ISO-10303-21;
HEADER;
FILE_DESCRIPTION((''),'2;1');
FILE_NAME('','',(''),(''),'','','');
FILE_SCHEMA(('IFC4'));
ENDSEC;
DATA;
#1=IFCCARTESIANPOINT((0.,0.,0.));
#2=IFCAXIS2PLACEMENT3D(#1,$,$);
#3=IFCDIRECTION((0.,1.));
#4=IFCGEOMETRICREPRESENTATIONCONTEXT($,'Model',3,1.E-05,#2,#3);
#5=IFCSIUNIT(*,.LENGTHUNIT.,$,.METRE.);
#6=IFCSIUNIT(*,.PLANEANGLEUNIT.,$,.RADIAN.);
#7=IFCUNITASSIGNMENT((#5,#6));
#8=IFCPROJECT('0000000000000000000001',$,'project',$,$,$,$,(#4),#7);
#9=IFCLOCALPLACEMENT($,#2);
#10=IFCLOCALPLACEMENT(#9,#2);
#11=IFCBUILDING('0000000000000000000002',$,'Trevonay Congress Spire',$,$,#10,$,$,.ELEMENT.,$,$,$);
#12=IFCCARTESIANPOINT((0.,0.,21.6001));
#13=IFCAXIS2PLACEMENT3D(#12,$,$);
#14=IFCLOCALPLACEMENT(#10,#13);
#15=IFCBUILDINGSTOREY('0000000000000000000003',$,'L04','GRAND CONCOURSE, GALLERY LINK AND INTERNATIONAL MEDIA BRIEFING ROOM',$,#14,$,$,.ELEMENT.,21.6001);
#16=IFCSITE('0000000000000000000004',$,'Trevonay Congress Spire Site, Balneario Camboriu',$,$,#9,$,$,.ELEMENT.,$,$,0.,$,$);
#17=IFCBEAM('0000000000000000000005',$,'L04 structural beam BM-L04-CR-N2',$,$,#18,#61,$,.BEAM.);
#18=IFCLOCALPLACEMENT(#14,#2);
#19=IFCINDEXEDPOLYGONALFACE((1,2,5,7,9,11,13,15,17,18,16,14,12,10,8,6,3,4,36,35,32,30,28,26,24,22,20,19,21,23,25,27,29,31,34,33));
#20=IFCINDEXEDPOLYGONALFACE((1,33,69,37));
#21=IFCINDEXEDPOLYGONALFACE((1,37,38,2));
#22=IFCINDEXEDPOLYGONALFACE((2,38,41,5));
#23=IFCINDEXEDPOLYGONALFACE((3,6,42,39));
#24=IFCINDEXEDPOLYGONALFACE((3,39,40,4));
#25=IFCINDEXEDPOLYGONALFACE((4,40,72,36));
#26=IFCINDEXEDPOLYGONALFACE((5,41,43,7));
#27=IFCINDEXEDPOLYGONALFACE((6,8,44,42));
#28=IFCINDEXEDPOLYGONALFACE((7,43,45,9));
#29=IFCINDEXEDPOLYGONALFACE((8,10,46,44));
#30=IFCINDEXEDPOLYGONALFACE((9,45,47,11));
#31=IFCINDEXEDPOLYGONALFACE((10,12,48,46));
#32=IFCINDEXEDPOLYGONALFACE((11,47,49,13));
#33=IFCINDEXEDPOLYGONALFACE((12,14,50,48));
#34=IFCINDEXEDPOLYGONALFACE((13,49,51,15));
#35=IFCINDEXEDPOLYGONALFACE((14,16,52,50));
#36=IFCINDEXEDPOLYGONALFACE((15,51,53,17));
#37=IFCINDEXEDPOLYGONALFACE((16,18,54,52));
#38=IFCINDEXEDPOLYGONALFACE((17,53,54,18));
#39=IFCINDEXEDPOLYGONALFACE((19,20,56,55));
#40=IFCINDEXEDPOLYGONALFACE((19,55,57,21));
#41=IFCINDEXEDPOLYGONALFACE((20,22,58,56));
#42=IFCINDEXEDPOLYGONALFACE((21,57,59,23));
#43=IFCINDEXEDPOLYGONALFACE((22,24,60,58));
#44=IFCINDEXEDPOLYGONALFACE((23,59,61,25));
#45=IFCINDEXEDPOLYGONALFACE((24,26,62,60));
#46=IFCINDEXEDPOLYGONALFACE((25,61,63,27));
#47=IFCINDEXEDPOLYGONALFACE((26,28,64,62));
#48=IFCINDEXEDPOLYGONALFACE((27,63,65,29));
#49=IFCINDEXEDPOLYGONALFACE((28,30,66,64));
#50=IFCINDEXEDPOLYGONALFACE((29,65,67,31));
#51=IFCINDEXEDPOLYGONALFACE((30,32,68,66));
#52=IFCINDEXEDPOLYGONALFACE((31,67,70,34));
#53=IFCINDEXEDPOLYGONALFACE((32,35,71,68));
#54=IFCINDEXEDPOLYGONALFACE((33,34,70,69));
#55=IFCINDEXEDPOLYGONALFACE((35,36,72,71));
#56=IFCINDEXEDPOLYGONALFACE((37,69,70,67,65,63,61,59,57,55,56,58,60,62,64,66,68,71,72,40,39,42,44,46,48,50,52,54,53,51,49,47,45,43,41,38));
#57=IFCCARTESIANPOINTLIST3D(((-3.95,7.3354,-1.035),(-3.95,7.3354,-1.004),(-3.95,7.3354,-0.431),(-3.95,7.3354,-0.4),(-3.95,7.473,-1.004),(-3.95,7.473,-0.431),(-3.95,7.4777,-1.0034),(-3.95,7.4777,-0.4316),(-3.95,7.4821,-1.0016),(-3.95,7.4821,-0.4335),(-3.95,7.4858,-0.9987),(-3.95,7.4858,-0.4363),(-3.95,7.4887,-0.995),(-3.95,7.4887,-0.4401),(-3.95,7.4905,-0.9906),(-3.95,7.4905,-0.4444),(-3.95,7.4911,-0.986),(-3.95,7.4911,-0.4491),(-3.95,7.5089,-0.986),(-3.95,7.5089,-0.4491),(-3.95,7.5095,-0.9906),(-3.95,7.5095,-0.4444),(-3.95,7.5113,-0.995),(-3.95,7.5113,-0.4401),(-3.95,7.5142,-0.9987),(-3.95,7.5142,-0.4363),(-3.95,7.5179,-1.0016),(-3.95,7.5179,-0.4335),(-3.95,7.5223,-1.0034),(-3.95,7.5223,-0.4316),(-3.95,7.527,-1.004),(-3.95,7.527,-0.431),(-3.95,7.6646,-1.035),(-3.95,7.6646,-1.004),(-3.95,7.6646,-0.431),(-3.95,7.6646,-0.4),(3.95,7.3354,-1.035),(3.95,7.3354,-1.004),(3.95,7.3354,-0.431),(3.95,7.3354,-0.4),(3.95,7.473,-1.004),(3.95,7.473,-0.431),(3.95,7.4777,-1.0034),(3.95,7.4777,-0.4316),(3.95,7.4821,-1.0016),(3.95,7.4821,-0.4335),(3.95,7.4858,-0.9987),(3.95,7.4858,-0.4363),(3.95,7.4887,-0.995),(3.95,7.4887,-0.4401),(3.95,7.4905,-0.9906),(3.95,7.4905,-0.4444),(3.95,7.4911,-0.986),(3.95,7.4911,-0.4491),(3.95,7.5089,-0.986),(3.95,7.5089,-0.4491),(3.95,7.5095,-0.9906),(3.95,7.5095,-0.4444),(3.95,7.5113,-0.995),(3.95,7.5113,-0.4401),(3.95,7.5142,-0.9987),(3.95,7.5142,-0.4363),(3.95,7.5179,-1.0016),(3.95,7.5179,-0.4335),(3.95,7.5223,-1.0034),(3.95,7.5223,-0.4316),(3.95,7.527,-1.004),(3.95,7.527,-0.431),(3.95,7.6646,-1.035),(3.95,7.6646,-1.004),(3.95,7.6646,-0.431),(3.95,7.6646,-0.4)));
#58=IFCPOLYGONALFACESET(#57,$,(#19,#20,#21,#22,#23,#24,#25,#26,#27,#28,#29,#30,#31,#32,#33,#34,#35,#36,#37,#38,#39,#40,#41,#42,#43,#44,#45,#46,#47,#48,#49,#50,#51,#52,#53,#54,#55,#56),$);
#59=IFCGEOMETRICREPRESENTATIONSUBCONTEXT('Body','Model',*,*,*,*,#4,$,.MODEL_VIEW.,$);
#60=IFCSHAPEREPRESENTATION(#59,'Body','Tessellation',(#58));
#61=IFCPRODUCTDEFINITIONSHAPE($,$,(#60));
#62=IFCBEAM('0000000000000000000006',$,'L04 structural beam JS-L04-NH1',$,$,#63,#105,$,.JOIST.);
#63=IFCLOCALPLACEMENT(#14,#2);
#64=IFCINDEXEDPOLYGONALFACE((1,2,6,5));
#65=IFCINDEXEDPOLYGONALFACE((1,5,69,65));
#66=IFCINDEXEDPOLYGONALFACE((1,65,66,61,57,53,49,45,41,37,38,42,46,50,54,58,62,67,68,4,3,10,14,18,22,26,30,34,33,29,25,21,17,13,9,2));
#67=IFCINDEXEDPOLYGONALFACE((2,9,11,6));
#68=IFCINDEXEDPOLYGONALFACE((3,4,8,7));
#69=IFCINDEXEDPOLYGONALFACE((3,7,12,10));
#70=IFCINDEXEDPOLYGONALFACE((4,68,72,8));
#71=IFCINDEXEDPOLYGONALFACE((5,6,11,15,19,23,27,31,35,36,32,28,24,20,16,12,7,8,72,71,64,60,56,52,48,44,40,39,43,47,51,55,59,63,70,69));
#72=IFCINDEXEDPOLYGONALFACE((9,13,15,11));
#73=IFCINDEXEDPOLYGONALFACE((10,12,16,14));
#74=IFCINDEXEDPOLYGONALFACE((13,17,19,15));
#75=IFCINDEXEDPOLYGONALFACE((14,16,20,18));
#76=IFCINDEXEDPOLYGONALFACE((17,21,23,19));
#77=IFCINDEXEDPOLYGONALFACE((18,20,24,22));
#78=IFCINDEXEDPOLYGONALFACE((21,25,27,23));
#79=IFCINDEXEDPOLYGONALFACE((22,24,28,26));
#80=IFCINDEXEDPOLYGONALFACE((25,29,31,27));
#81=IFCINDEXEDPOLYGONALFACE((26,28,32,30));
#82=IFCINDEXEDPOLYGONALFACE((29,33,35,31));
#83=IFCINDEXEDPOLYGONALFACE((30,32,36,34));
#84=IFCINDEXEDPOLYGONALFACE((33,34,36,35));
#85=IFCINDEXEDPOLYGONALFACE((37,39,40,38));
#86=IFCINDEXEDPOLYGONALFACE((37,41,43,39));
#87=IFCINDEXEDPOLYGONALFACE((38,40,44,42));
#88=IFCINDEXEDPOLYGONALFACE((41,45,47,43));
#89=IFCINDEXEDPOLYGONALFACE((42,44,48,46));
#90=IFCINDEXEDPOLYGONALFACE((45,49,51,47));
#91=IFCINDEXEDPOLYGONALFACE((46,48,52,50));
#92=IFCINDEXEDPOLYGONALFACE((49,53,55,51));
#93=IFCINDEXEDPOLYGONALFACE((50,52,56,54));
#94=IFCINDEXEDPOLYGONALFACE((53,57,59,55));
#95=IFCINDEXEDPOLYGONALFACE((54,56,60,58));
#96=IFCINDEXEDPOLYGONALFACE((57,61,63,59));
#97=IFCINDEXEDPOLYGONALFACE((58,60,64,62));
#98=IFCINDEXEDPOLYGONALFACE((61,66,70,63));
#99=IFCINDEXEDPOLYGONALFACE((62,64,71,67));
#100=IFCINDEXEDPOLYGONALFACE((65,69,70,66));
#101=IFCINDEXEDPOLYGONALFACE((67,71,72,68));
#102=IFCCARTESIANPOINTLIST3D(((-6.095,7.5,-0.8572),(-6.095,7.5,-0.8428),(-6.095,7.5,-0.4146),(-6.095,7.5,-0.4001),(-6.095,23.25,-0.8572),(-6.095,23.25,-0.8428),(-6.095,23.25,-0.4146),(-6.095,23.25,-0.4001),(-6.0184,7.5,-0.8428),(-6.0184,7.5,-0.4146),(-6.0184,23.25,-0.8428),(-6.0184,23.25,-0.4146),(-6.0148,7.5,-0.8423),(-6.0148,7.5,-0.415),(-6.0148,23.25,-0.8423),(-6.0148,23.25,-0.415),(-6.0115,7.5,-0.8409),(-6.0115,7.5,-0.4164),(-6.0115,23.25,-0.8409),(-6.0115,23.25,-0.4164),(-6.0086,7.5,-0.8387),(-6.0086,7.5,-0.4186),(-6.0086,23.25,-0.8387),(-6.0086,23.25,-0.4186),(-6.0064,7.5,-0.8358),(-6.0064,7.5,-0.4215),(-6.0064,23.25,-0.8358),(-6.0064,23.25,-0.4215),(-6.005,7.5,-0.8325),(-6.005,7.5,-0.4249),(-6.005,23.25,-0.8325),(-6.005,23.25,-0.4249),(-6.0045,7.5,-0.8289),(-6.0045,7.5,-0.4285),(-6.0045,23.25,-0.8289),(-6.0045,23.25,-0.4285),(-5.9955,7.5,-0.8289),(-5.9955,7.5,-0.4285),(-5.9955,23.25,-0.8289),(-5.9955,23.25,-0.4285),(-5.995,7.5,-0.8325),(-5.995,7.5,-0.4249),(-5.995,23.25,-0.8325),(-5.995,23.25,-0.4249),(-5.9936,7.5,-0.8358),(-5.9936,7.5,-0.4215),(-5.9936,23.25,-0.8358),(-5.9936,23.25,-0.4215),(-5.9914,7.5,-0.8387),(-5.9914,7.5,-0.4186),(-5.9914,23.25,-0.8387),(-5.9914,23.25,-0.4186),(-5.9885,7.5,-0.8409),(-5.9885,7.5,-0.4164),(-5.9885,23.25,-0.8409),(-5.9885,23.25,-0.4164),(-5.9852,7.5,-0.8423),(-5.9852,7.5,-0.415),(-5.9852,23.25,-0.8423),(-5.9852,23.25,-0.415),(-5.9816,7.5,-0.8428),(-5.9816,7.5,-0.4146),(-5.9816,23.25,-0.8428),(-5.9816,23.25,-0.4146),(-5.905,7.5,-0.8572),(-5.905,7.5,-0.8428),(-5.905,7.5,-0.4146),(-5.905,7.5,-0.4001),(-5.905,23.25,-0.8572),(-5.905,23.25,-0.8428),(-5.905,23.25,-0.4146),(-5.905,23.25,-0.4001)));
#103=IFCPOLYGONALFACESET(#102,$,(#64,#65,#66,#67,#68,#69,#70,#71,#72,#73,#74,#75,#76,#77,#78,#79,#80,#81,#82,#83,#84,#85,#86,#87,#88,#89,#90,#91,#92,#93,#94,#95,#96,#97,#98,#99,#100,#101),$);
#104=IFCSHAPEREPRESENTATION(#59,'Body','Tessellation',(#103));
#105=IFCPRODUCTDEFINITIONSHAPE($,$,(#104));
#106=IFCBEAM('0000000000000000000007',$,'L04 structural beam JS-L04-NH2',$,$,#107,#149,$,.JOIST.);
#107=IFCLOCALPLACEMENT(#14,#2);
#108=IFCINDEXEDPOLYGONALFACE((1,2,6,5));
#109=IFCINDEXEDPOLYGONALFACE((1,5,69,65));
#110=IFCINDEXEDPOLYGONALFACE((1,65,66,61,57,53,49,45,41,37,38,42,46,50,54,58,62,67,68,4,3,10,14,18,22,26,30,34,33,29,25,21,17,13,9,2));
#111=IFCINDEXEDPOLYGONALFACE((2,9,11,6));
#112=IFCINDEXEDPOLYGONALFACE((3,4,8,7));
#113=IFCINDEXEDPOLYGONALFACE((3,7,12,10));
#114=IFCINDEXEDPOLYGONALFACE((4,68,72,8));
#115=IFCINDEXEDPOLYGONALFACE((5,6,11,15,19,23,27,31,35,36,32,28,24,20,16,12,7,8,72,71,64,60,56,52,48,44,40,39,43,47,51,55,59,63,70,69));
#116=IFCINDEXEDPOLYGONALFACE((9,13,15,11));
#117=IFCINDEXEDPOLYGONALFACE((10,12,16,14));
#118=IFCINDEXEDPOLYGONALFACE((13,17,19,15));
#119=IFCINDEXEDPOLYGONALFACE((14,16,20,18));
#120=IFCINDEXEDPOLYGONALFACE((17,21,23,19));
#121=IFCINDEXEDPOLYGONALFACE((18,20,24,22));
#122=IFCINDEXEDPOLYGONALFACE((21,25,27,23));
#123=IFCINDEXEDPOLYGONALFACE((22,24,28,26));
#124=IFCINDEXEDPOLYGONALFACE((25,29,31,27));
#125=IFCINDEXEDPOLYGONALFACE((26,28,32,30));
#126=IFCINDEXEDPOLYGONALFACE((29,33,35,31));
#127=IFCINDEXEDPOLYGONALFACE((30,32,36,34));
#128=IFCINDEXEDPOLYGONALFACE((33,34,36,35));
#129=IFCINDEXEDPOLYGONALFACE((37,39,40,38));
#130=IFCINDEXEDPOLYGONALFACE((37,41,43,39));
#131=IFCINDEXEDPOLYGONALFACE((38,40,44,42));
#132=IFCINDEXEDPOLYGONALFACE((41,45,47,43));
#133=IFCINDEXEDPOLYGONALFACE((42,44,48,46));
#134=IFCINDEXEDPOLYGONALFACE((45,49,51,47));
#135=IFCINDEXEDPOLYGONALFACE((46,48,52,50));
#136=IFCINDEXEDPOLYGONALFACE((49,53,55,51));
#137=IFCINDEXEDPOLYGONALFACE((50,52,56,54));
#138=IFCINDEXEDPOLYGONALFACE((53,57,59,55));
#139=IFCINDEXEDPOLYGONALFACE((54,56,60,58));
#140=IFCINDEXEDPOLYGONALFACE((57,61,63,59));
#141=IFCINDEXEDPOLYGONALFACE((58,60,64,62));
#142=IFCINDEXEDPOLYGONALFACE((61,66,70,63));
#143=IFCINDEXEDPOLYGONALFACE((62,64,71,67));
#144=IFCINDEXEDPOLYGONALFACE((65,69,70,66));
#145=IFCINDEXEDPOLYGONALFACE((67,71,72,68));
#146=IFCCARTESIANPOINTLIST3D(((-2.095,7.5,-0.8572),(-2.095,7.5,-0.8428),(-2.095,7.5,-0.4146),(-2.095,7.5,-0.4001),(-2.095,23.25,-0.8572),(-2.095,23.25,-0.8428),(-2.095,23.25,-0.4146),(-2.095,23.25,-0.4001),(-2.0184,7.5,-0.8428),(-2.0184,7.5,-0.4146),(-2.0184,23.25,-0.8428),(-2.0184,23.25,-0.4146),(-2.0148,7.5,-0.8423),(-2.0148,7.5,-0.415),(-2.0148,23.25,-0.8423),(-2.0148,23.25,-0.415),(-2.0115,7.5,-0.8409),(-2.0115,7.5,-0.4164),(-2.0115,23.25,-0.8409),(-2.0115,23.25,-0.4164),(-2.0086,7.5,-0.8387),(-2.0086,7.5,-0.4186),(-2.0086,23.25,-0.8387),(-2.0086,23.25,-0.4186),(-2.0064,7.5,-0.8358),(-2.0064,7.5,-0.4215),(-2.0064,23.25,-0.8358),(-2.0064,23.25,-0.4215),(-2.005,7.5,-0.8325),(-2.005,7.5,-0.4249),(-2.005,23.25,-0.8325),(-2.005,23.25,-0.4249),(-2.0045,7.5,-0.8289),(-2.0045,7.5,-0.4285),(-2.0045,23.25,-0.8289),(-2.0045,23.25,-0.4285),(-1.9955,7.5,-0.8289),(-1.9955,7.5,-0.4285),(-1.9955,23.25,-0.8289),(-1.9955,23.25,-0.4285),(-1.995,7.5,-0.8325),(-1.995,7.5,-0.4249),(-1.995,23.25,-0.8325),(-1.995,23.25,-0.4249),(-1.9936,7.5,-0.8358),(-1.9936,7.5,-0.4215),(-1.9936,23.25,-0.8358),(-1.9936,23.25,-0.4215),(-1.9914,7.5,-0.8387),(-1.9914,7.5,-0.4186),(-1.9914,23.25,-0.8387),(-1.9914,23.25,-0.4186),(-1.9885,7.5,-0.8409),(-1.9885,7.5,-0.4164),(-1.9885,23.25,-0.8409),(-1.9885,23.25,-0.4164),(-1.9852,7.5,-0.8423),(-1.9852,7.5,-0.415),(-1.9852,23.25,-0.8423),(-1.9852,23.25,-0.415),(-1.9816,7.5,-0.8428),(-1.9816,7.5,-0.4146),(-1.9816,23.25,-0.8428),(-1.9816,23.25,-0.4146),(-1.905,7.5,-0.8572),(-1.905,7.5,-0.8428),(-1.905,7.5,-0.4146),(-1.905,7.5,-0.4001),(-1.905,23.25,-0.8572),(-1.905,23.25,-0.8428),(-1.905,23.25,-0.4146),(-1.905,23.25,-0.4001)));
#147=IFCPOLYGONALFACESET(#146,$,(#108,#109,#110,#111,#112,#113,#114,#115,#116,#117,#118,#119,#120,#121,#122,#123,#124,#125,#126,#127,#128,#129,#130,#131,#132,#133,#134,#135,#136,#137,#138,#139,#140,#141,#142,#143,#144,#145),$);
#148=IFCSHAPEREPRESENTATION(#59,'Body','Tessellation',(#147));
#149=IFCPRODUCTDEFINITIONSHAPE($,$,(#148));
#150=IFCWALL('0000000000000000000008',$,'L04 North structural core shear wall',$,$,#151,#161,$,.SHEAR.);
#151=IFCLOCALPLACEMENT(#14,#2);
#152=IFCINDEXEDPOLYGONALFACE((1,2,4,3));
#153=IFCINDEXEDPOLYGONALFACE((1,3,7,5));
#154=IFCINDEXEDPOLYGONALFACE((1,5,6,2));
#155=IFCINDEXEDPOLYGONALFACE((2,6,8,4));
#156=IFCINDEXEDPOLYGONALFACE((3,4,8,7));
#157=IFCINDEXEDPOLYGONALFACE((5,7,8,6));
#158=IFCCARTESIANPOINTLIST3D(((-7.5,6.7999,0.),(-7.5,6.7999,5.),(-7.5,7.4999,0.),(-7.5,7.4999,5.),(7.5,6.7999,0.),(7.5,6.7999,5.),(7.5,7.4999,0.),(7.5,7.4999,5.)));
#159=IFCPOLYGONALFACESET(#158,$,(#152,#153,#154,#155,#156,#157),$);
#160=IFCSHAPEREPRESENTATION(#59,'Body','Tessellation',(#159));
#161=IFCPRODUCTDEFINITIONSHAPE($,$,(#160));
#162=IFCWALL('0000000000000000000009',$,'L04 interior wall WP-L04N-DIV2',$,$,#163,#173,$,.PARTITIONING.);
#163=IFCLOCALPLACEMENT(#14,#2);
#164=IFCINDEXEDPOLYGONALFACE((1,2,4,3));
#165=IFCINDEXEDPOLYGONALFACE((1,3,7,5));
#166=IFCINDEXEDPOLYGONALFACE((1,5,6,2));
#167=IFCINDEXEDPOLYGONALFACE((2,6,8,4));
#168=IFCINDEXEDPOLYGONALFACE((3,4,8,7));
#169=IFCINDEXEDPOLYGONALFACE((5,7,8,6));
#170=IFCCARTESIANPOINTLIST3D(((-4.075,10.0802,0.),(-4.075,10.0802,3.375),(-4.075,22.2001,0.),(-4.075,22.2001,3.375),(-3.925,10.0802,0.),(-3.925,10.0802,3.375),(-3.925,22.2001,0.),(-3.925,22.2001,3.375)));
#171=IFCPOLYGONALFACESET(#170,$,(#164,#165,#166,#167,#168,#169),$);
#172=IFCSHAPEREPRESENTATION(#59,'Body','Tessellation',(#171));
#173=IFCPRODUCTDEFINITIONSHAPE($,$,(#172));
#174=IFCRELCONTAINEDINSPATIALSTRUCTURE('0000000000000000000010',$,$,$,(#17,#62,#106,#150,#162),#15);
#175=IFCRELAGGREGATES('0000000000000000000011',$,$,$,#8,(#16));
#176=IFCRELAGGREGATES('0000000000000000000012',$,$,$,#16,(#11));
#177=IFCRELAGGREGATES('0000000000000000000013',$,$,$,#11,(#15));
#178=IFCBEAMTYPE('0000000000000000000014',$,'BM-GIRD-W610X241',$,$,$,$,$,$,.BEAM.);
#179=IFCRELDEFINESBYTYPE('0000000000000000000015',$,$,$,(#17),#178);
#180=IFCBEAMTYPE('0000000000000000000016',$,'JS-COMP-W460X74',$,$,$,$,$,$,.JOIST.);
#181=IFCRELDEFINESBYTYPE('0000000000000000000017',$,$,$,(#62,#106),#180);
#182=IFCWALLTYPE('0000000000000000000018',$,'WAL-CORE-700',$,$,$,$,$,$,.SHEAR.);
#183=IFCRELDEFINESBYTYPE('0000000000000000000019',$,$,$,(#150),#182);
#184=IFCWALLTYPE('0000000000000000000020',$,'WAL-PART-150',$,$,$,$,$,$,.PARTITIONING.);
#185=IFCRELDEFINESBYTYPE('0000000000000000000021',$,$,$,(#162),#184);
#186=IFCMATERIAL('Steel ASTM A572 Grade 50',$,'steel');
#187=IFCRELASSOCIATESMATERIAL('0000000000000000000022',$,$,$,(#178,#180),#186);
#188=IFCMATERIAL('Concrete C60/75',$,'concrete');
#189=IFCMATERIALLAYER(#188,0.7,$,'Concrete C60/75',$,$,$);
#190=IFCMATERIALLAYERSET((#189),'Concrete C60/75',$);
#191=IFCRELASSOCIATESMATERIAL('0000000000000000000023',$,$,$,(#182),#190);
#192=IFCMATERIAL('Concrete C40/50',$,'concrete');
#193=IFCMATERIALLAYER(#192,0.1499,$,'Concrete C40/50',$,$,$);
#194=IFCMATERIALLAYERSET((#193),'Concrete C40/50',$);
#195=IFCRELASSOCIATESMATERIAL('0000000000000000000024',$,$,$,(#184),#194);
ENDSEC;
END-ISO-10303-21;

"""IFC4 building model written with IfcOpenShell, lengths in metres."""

from ifc_helpers import new_model, si_unit, direction, frame, frame_2d, origin, origin_2d, place, context, subcontext, project, spatial, rectangle, i_section, extrude, material, layer, layer_set, material_profile, profile_set, type_object, element, save


model = new_model("IFC4")

# Units and contexts
model_context = context("Model", 3, precision=1e-05, world=origin(), true_north=direction((0.0, 1.0)))
body_context = subcontext(model_context, "Body", "Model", "MODEL_VIEW")
ifc_project = project(units=[si_unit("LENGTHUNIT", "METRE"), si_unit("PLANEANGLEUNIT", "RADIAN")], contexts=[model_context])

# Site, building, storey
site_placement = place(None, origin())
site = spatial("IfcSite", under=ifc_project, at=site_placement, Name="Trevonay Congress Spire Site, Balneario Camboriu", CompositionType="ELEMENT", RefElevation=0.0)
building_placement = place(site_placement, origin())
building = spatial("IfcBuilding", under=site, at=building_placement, Name="Trevonay Congress Spire", CompositionType="ELEMENT")
storey_placement = place(building_placement, frame((0.0, 0.0, 21.6001)))
storey = spatial("IfcBuildingStorey", under=building, at=storey_placement, Name="L04", Description="GRAND CONCOURSE, GALLERY LINK AND INTERNATIONAL MEDIA BRIEFING ROOM", CompositionType="ELEMENT", Elevation=21.6001)

# Shared definitions
ifc_material_1 = material(Name="Steel ASTM A572 Grade 50", Category="steel")

# Beams
ifc_material_profile_1 = material_profile(ifc_material_1, i_section(OverallWidth=0.3291, OverallDepth=0.635, WebThickness=0.0178, FlangeThickness=0.031, FilletRadius=0.0181, at=origin_2d()), Name="W610x241")
ifc_profile_set_1 = profile_set([ifc_material_profile_1], Name="Steel ASTM A572 Grade 50")
beam_type_1 = type_object("IfcBeamType", Name="BM-GIRD-W610X241", PredefinedType="BEAM", material=ifc_profile_set_1)
beam_1_placement = place(storey_placement, frame((-3.95, 7.5, -0.7175), z_axis=(1.0, 0.0, 0.0), x_axis=(0.0, 1.0, 0.0)))
element("IfcBeam", 1, at=beam_1_placement, inside=storey, type_object=beam_type_1, Name="L04 structural beam BM-L04-CR-N2", PredefinedType="BEAM", context=body_context, shape_type="SweptSolid", body=[
    extrude(i_section(OverallWidth=0.3291, OverallDepth=0.635, WebThickness=0.0178, FlangeThickness=0.031, FilletRadius=0.0181, at=origin_2d()), origin(), (0.0, 0.0, 1.0), 7.8999),
])
ifc_material_profile_2 = material_profile(ifc_material_1, i_section(OverallWidth=0.1899, OverallDepth=0.457, WebThickness=0.009, FlangeThickness=0.0144, FilletRadius=0.0139, at=origin_2d()), Name="W460x74")
ifc_profile_set_2 = profile_set([ifc_material_profile_2], Name="Steel ASTM A572 Grade 50")
beam_type_2 = type_object("IfcBeamType", Name="JS-COMP-W460X74", PredefinedType="JOIST", material=ifc_profile_set_2)
for number, where, z_axis, x_axis, name in (
    (2, (-6.0, 7.5, -0.6287), (0.0, 1.0, 0.0), (-1.0, 0.0, 0.0), "L04 structural beam JS-L04-NH1"),
    (3, (-2.0, 7.5, -0.6287), (0.0, 1.0, 0.0), (-1.0, 0.0, 0.0), "L04 structural beam JS-L04-NH2"),
):
    element("IfcBeam", number, at=place(storey_placement, frame(where, z_axis=z_axis, x_axis=x_axis)), inside=storey, type_object=beam_type_2, Name=name, PredefinedType="JOIST", context=body_context, shape_type="SweptSolid", body=[
        extrude(i_section(OverallWidth=0.1899, OverallDepth=0.457, WebThickness=0.009, FlangeThickness=0.0144, FilletRadius=0.0139, at=origin_2d()), origin(), (0.0, 0.0, 1.0), 15.75),
    ])

# Walls
ifc_material_2 = material(Name="Concrete C60/75", Category="concrete")
ifc_layer_1 = layer(ifc_material_2, 0.7, Name="Concrete C60/75")
ifc_layer_set_1 = layer_set([ifc_layer_1], Name="Concrete C60/75")
wall_type_1 = type_object("IfcWallType", Name="WAL-CORE-700", PredefinedType="SHEAR", material=ifc_layer_set_1)
wall_1_placement = place(storey_placement, frame((-7.5, 7.1499, 0.0), z_axis=(0.0, 0.0, 1.0), x_axis=(1.0, 0.0, 0.0)))
element("IfcWall", 4, at=wall_1_placement, inside=storey, type_object=wall_type_1, Name="L04 North structural core shear wall", PredefinedType="SHEAR", context=body_context, shape_type="SweptSolid", body=[
    extrude(rectangle(XDim=15.0, YDim=0.7, at=frame_2d((7.5, 0.0))), origin(), (0.0, 0.0, 1.0), 5.0),
])
ifc_material_3 = material(Name="Concrete C40/50", Category="concrete")
ifc_layer_2 = layer(ifc_material_3, 0.1499, Name="Concrete C40/50")
ifc_layer_set_2 = layer_set([ifc_layer_2], Name="Concrete C40/50")
wall_type_2 = type_object("IfcWallType", Name="WAL-PART-150", PredefinedType="PARTITIONING", material=ifc_layer_set_2)
wall_2_placement = place(storey_placement, frame((-4.0, 10.0801, 0.0), z_axis=(0.0, 0.0, 1.0), x_axis=(0.0, 1.0, 0.0)))
element("IfcWall", 5, at=wall_2_placement, inside=storey, type_object=wall_type_2, Name="L04 interior wall WP-L04N-DIV2", PredefinedType="PARTITIONING", context=body_context, shape_type="SweptSolid", body=[
    extrude(rectangle(XDim=12.1199, YDim=0.1499, at=frame_2d((6.0601, 0.0))), origin(), (0.0, 0.0, 1.0), 3.375),
])

save(model, "model.ifc")
